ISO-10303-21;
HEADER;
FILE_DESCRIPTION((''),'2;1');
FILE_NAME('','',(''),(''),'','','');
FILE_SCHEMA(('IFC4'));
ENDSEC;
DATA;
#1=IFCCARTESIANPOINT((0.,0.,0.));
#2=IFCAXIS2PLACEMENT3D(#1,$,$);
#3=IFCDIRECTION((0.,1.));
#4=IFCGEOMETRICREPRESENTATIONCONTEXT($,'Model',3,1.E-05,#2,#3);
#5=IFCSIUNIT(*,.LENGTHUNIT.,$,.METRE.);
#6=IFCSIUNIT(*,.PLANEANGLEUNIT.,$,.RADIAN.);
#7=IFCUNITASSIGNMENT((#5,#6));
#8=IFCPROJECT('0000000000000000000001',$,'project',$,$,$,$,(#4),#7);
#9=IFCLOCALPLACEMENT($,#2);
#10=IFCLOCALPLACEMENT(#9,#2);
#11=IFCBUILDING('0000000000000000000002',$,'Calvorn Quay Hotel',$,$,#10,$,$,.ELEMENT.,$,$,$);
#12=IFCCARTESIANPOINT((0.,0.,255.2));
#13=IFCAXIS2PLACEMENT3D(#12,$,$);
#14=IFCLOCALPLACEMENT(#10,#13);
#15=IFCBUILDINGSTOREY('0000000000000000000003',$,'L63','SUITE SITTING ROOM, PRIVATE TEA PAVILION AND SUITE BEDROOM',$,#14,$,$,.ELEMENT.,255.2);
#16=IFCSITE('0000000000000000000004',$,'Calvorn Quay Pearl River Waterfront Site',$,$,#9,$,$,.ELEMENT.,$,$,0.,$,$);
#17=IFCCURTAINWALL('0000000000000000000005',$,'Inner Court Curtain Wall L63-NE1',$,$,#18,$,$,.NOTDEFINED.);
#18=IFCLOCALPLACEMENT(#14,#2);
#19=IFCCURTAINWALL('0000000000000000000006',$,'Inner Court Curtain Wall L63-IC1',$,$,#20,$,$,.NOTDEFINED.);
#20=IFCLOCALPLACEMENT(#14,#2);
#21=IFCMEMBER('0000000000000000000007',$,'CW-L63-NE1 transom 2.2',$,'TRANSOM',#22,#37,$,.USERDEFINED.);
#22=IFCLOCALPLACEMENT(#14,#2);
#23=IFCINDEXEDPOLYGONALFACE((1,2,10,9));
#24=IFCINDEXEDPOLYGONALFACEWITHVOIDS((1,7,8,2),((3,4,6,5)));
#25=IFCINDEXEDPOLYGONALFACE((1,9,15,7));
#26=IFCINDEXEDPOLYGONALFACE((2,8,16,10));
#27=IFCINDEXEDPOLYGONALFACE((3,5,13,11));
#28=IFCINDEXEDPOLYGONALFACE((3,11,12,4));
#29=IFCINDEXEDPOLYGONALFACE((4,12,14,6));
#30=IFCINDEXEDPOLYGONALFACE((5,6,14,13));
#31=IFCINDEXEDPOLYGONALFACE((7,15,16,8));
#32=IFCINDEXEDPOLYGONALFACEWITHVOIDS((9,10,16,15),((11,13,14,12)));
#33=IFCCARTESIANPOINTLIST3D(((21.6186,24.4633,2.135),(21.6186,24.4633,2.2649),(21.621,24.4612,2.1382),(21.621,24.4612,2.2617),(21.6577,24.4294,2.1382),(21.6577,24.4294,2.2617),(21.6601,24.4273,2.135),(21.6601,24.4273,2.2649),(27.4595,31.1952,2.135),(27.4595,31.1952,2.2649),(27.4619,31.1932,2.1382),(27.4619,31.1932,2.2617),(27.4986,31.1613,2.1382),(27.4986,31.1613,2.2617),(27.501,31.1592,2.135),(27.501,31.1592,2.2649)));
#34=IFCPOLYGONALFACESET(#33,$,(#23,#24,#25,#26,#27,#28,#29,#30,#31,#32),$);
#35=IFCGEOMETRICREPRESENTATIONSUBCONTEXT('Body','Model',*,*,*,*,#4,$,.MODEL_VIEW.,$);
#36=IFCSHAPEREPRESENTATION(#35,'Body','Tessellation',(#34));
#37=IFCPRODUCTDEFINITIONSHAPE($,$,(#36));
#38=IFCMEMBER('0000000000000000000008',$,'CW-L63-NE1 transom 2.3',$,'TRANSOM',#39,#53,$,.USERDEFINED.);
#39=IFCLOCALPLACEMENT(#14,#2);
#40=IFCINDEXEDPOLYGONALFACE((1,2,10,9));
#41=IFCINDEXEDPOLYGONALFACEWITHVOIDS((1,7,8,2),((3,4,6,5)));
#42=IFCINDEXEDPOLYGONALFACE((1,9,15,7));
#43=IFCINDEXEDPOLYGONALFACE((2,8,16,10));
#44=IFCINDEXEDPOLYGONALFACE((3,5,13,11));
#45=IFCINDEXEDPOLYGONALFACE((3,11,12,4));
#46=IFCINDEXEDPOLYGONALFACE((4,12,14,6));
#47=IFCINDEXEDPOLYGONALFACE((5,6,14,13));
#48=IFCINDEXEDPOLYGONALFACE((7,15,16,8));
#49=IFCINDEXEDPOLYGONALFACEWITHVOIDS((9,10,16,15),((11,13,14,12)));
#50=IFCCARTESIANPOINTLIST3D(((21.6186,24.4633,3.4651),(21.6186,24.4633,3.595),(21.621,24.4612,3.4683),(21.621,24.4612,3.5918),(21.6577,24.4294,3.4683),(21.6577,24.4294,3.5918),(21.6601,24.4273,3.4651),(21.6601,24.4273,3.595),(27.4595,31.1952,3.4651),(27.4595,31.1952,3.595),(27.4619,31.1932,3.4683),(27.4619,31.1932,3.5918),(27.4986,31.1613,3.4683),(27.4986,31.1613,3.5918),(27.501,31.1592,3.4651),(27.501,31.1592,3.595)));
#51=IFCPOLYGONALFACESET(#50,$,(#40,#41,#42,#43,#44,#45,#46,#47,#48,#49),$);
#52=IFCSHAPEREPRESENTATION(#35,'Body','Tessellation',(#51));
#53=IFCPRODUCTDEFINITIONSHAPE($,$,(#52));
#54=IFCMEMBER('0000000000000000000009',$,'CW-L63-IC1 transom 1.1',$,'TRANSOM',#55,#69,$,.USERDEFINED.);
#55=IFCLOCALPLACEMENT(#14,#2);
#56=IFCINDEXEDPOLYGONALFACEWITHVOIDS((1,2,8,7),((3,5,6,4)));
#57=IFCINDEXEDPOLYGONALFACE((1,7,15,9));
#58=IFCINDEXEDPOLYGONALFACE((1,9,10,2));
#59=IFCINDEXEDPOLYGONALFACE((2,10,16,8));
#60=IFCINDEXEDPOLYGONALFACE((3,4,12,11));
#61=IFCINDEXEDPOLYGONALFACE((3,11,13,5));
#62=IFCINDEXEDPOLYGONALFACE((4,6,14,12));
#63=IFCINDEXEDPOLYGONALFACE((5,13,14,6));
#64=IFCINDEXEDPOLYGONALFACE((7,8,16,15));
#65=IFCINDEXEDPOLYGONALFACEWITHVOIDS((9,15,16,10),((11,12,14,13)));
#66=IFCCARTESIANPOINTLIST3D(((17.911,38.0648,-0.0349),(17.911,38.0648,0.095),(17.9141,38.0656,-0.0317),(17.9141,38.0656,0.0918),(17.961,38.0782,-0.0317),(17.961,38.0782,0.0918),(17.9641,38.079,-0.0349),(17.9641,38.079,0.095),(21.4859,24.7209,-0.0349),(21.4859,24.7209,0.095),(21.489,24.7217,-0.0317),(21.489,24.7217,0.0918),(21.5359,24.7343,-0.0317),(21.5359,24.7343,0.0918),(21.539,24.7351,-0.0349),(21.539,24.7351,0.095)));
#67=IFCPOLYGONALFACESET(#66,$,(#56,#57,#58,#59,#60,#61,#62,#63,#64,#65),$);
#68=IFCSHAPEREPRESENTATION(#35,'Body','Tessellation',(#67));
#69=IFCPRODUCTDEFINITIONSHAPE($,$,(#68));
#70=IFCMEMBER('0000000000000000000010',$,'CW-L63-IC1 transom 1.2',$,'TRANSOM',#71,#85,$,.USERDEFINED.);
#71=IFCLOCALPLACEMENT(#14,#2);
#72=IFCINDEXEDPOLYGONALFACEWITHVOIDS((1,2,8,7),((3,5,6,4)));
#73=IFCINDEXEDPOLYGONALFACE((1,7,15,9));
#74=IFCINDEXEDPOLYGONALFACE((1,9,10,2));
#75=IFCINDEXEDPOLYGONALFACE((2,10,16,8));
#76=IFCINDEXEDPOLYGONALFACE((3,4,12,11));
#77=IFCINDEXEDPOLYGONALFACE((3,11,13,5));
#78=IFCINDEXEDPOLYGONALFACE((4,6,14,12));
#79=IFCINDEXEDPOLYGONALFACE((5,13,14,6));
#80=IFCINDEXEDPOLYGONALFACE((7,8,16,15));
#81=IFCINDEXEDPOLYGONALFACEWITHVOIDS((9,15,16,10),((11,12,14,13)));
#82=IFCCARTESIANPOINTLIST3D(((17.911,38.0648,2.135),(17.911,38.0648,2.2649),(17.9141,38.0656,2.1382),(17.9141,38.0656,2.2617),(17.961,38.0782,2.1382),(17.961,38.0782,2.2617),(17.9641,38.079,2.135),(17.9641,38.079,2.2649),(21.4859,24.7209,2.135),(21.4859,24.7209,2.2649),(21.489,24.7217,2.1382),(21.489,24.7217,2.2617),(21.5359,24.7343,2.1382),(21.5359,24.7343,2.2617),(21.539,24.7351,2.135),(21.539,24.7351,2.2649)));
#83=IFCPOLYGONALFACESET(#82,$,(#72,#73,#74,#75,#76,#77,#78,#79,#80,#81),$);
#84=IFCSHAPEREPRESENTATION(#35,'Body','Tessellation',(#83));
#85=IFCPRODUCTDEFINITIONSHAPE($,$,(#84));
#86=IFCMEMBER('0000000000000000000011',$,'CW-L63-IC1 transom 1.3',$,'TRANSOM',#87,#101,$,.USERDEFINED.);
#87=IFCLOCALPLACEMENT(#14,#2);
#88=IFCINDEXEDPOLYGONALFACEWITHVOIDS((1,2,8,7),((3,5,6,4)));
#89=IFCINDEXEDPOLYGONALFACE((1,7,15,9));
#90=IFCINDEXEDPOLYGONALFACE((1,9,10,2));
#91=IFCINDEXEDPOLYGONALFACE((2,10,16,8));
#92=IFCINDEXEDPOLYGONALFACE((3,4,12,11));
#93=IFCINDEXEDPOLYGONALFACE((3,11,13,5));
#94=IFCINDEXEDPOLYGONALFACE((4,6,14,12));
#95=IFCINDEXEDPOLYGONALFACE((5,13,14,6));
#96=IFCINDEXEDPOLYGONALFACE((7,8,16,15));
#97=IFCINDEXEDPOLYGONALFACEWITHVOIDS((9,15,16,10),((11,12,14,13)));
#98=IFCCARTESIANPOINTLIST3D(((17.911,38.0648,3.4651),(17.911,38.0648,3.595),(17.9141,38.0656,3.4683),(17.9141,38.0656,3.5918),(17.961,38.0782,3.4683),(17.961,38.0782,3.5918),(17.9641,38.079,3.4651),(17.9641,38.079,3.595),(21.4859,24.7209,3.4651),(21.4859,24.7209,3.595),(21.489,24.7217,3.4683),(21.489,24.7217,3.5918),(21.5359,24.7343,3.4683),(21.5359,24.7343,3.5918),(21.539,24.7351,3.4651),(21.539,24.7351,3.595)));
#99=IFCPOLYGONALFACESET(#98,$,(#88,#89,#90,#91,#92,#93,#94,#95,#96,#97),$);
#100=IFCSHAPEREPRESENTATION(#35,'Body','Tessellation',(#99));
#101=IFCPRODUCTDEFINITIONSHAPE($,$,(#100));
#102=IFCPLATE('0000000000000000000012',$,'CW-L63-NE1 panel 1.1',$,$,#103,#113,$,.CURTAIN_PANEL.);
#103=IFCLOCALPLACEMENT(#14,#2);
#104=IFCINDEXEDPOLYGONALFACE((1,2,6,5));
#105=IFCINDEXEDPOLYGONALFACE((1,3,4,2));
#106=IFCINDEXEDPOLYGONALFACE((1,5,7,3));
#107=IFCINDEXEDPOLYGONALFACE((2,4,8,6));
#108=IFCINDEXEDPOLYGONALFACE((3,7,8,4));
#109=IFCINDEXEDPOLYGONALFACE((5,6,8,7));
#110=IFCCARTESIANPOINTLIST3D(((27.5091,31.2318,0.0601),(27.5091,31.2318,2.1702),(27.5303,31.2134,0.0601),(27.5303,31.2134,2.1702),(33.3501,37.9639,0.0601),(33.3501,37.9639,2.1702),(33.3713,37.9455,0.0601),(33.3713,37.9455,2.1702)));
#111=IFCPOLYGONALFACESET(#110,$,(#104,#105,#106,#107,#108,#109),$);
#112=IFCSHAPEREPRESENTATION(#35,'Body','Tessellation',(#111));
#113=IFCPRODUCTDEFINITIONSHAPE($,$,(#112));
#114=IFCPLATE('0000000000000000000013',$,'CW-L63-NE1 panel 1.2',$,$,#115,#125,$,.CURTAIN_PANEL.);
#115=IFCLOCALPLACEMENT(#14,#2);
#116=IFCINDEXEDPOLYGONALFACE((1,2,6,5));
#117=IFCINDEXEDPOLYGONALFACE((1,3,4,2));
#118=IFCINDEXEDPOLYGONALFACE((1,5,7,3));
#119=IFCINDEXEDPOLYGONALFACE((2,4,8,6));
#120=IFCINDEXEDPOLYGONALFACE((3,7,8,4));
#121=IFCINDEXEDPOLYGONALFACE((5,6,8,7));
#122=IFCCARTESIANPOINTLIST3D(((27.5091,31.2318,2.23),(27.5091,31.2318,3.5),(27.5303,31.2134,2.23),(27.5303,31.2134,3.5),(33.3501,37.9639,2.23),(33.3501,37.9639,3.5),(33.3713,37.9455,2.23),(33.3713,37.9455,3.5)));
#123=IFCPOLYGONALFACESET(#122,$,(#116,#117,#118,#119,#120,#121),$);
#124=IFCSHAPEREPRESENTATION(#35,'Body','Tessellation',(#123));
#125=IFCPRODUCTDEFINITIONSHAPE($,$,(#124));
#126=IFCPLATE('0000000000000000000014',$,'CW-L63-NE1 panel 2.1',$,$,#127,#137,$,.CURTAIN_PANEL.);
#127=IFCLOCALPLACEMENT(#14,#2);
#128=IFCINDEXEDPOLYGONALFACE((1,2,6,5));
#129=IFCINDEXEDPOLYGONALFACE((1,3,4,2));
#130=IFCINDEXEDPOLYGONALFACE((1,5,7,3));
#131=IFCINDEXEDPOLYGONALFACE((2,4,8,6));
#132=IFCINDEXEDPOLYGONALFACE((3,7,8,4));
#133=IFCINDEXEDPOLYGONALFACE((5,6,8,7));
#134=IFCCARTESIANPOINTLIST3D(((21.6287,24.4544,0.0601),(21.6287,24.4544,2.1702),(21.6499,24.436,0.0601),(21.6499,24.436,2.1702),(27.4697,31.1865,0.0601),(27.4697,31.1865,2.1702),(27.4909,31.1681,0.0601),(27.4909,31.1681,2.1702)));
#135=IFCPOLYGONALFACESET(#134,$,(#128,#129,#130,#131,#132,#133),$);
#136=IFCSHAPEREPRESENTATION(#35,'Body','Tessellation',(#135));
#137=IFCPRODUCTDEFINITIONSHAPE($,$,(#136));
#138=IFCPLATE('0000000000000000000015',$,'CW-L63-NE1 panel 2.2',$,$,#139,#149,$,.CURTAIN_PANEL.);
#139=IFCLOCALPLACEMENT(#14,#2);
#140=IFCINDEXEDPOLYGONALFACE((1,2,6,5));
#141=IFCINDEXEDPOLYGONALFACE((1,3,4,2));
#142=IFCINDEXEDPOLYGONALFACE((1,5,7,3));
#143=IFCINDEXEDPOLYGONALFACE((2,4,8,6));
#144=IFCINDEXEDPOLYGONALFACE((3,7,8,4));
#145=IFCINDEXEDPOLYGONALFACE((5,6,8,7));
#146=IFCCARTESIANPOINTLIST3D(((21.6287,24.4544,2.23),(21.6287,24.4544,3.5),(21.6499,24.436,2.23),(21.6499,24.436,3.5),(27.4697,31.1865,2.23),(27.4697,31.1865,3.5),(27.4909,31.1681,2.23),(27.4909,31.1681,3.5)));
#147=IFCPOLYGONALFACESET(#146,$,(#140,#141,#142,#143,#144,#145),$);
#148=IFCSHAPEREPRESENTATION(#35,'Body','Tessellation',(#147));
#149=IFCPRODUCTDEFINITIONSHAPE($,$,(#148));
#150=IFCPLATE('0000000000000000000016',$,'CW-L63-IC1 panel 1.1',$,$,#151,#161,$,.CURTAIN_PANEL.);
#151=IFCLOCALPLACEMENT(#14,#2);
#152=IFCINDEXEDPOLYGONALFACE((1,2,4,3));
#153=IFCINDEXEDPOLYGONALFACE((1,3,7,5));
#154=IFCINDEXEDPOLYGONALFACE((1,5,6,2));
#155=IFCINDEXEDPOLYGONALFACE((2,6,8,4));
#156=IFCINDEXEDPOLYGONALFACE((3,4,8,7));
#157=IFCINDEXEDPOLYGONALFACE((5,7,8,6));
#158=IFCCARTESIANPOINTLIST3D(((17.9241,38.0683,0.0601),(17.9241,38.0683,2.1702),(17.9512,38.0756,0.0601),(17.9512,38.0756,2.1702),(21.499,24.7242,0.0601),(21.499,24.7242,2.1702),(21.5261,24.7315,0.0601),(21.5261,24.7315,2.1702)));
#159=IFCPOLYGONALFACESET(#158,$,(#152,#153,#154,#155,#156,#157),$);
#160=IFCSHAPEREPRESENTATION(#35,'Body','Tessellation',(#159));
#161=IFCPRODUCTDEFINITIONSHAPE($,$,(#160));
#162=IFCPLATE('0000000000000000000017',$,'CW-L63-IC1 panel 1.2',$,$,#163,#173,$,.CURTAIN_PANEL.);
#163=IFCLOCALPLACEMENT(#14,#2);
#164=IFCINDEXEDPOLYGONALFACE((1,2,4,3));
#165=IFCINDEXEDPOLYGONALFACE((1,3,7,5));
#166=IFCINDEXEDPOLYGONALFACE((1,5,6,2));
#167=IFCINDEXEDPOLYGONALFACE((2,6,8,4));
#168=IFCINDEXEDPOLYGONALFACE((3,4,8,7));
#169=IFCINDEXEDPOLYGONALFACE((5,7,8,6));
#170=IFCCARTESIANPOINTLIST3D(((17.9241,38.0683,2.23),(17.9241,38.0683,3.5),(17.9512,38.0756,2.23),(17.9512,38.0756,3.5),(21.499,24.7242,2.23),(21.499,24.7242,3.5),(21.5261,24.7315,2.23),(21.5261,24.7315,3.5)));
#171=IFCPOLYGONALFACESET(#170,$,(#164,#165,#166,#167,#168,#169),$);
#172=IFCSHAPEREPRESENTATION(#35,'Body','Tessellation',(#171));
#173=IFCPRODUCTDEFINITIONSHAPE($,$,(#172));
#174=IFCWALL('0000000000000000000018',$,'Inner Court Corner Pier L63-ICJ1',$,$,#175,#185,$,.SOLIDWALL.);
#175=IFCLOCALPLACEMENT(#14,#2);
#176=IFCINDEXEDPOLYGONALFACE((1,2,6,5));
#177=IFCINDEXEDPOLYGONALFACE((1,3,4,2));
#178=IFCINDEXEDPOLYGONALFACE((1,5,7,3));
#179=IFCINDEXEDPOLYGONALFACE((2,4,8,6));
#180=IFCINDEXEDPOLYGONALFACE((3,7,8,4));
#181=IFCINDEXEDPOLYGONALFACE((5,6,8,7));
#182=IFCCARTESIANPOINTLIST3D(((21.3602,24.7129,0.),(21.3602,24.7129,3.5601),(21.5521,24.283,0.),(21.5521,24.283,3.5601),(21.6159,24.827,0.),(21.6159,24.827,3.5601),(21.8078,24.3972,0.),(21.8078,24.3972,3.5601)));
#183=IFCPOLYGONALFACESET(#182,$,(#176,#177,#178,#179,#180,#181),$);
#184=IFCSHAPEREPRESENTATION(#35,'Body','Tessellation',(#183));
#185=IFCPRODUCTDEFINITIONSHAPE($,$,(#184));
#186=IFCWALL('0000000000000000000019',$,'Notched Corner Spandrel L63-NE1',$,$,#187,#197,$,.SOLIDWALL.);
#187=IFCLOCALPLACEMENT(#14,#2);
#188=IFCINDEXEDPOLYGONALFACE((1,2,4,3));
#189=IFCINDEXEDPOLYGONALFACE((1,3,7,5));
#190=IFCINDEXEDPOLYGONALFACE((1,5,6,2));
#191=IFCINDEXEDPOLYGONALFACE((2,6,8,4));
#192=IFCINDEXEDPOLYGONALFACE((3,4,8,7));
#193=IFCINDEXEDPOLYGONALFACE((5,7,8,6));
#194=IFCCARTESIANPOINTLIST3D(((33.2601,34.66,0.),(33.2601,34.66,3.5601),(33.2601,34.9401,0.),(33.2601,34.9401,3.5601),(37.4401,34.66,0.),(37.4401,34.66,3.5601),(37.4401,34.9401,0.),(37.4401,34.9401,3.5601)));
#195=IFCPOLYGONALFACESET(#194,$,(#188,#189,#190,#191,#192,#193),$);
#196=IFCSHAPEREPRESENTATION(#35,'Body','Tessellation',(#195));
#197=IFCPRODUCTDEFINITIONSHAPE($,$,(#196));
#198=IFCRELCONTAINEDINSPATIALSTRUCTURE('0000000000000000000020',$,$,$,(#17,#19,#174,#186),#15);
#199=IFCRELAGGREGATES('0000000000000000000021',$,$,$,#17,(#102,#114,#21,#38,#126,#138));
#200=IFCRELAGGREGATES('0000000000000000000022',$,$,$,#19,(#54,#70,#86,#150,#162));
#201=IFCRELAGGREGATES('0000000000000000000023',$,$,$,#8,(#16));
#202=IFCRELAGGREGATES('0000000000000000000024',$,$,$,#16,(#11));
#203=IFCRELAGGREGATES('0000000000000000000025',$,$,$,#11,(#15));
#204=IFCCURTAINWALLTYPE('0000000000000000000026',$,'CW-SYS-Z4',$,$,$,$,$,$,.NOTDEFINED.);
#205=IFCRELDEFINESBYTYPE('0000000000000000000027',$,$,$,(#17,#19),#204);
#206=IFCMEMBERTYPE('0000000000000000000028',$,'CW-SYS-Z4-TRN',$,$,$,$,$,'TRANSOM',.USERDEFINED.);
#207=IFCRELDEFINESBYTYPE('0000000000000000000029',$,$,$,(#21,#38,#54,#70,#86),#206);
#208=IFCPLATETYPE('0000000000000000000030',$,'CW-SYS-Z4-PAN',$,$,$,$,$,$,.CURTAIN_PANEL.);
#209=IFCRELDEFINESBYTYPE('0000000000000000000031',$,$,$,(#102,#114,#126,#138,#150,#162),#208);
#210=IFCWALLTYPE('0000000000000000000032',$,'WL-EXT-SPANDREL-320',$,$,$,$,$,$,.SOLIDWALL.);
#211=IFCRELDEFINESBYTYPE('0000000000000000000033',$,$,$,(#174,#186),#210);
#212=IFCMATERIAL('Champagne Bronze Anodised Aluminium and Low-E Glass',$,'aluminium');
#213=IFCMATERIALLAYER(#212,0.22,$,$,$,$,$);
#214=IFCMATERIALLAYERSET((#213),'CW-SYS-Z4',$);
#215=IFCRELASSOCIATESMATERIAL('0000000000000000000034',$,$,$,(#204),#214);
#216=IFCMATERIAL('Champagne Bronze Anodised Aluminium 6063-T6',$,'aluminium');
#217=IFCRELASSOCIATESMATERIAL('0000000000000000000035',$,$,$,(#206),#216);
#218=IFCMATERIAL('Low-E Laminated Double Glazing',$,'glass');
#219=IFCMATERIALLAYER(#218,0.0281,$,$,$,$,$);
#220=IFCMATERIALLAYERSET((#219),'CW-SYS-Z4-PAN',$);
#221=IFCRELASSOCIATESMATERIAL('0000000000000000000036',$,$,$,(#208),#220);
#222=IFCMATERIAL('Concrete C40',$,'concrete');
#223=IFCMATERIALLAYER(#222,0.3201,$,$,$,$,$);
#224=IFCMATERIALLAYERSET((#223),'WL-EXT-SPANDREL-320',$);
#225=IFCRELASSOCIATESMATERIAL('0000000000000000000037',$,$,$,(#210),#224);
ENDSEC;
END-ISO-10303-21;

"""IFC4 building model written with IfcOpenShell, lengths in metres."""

from ifc_helpers import new_model, si_unit, direction, frame, frame_2d, origin, origin_2d, place, context, subcontext, project, spatial, rectangle, hollow_rectangle, extrude, material, layer, layer_set, material_profile, profile_set, type_object, element, aggregate, save


model = new_model("IFC4")

# Units and contexts
model_context = context("Model", 3, precision=1e-05, world=origin(), true_north=direction((0.0, 1.0)))
body_context = subcontext(model_context, "Body", "Model", "MODEL_VIEW")
ifc_project = project(units=[si_unit("LENGTHUNIT", "METRE"), si_unit("PLANEANGLEUNIT", "RADIAN")], contexts=[model_context])

# Site, building, storey
site_placement = place(None, origin())
site = spatial("IfcSite", under=ifc_project, at=site_placement, Name="Calvorn Quay Pearl River Waterfront Site", CompositionType="ELEMENT", RefElevation=0.0)
building_placement = place(site_placement, origin())
building = spatial("IfcBuilding", under=site, at=building_placement, Name="Calvorn Quay Hotel", CompositionType="ELEMENT")
storey_placement = place(building_placement, frame((0.0, 0.0, 255.2)))
storey = spatial("IfcBuildingStorey", under=building, at=storey_placement, Name="L63", Description="SUITE SITTING ROOM, PRIVATE TEA PAVILION AND SUITE BEDROOM", CompositionType="ELEMENT", Elevation=255.2)

# Curtain wall
ifc_material_1 = material(Name="Champagne Bronze Anodised Aluminium and Low-E Glass", Category="aluminium")
ifc_layer_1 = layer(ifc_material_1, 0.22)
ifc_layer_set_1 = layer_set([ifc_layer_1], Name="CW-SYS-Z4")
curtain_wall_type = type_object("IfcCurtainWallType", Name="CW-SYS-Z4", PredefinedType="NOTDEFINED", material=ifc_layer_set_1)
curtain_wall_1_placement = place(storey_placement, origin())
curtain_wall_1 = element("IfcCurtainWall", 1, at=curtain_wall_1_placement, inside=storey, type_object=curtain_wall_type, Name="Inner Court Curtain Wall L63-NE1", PredefinedType="NOTDEFINED")

# Curtain wall
curtain_wall_2_placement = place(storey_placement, origin())
curtain_wall_2 = element("IfcCurtainWall", 2, at=curtain_wall_2_placement, inside=storey, type_object=curtain_wall_type, Name="Inner Court Curtain Wall L63-IC1", PredefinedType="NOTDEFINED")

# Members
ifc_material_2 = material(Name="Champagne Bronze Anodised Aluminium 6063-T6", Category="aluminium")
ifc_material_profile_1 = material_profile(ifc_material_2, hollow_rectangle(XDim=0.0549, YDim=0.1299, WallThickness=0.0032, at=origin_2d()), Name="ALU-T130x55x3.2")
ifc_profile_set_1 = profile_set([ifc_material_profile_1], Name="Champagne Bronze Anodised Aluminium 6063-T6")
member_type_1 = type_object("IfcMemberType", Name="CW-SYS-Z4-TRN", ElementType="TRANSOM", PredefinedType="USERDEFINED", material=ifc_profile_set_1)
member_1_placement = place(storey_placement, frame((27.4802, 31.1772, 2.2), z_axis=(-0.655346, -0.755329, 0.0), x_axis=(0.755329, -0.655346, 0.0)))
member_1 = element("IfcMember", 3, at=member_1_placement, type_object=member_type_1, Name="CW-L63-NE1 transom 2.2", ObjectType="TRANSOM", PredefinedType="USERDEFINED", context=body_context, shape_type="SweptSolid", body=[
    extrude(hollow_rectangle(XDim=0.0549, YDim=0.1299, WallThickness=0.0032, at=origin_2d()), origin(), (0.0, 0.0, 1.0), 8.9126),
])
member_2_placement = place(storey_placement, frame((27.4802, 31.1772, 3.53), z_axis=(-0.655346, -0.755329, 0.0), x_axis=(0.755329, -0.655346, 0.0)))
member_2 = element("IfcMember", 4, at=member_2_placement, type_object=member_type_1, Name="CW-L63-NE1 transom 2.3", ObjectType="TRANSOM", PredefinedType="USERDEFINED", context=body_context, shape_type="SweptSolid", body=[
    extrude(hollow_rectangle(XDim=0.0549, YDim=0.1299, WallThickness=0.0032, at=origin_2d()), origin(), (0.0, 0.0, 1.0), 8.9126),
])
member_3_placement = place(storey_placement, frame((21.5125, 24.728, 0.03), z_axis=(-0.258781, 0.965936, 0.0), x_axis=(-0.965936, -0.258781, 0.0)))
member_3 = element("IfcMember", 5, at=member_3_placement, type_object=member_type_1, Name="CW-L63-IC1 transom 1.1", ObjectType="TRANSOM", PredefinedType="USERDEFINED", context=body_context, shape_type="SweptSolid", body=[
    extrude(hollow_rectangle(XDim=0.0549, YDim=0.1299, WallThickness=0.0032, at=origin_2d()), origin(), (0.0, 0.0, 1.0), 13.8145),
])
member_4_placement = place(storey_placement, frame((21.5125, 24.728, 2.2), z_axis=(-0.258781, 0.965936, 0.0), x_axis=(-0.965936, -0.258781, 0.0)))
member_4 = element("IfcMember", 6, at=member_4_placement, type_object=member_type_1, Name="CW-L63-IC1 transom 1.2", ObjectType="TRANSOM", PredefinedType="USERDEFINED", context=body_context, shape_type="SweptSolid", body=[
    extrude(hollow_rectangle(XDim=0.0549, YDim=0.1299, WallThickness=0.0032, at=origin_2d()), origin(), (0.0, 0.0, 1.0), 13.8145),
])
member_5_placement = place(storey_placement, frame((21.5125, 24.728, 3.53), z_axis=(-0.258781, 0.965936, 0.0), x_axis=(-0.965936, -0.258781, 0.0)))
member_5 = element("IfcMember", 7, at=member_5_placement, type_object=member_type_1, Name="CW-L63-IC1 transom 1.3", ObjectType="TRANSOM", PredefinedType="USERDEFINED", context=body_context, shape_type="SweptSolid", body=[
    extrude(hollow_rectangle(XDim=0.0549, YDim=0.1299, WallThickness=0.0032, at=origin_2d()), origin(), (0.0, 0.0, 1.0), 13.8145),
])

# Plates
ifc_material_3 = material(Name="Low-E Laminated Double Glazing", Category="glass")
ifc_layer_2 = layer(ifc_material_3, 0.0281)
ifc_layer_set_2 = layer_set([ifc_layer_2], Name="CW-SYS-Z4-PAN")
plate_type = type_object("IfcPlateType", Name="CW-SYS-Z4-PAN", PredefinedType="CURTAIN_PANEL", material=ifc_layer_set_2)
plate_1_placement = place(storey_placement, frame((30.4402, 34.5886, 0.0601), z_axis=(0.0, 0.0, 1.0), x_axis=(-0.655353, -0.755322, 0.0)))
plate_1 = element("IfcPlate", 8, at=plate_1_placement, type_object=plate_type, Name="CW-L63-NE1 panel 1.1", PredefinedType="CURTAIN_PANEL", context=body_context, shape_type="SweptSolid", body=[
    extrude(rectangle(XDim=8.9128, YDim=0.0281, at=origin_2d()), origin(), (0.0, 0.0, 1.0), 2.1101),
])
plate_2_placement = place(storey_placement, frame((30.4402, 34.5886, 2.23), z_axis=(0.0, 0.0, 1.0), x_axis=(-0.655353, -0.755322, 0.0)))
plate_2 = element("IfcPlate", 9, at=plate_2_placement, type_object=plate_type, Name="CW-L63-NE1 panel 1.2", PredefinedType="CURTAIN_PANEL", context=body_context, shape_type="SweptSolid", body=[
    extrude(rectangle(XDim=8.9128, YDim=0.0281, at=origin_2d()), origin(), (0.0, 0.0, 1.0), 1.27),
])
plate_3_placement = place(storey_placement, frame((24.5598, 27.8113, 0.0601), z_axis=(0.0, 0.0, 1.0), x_axis=(-0.655353, -0.755322, 0.0)))
plate_3 = element("IfcPlate", 10, at=plate_3_placement, type_object=plate_type, Name="CW-L63-NE1 panel 2.1", PredefinedType="CURTAIN_PANEL", context=body_context, shape_type="SweptSolid", body=[
    extrude(rectangle(XDim=8.9128, YDim=0.0281, at=origin_2d()), origin(), (0.0, 0.0, 1.0), 2.1101),
])
plate_4_placement = place(storey_placement, frame((24.5598, 27.8113, 2.23), z_axis=(0.0, 0.0, 1.0), x_axis=(-0.655353, -0.755322, 0.0)))
plate_4 = element("IfcPlate", 11, at=plate_4_placement, type_object=plate_type, Name="CW-L63-NE1 panel 2.2", PredefinedType="CURTAIN_PANEL", context=body_context, shape_type="SweptSolid", body=[
    extrude(rectangle(XDim=8.9128, YDim=0.0281, at=origin_2d()), origin(), (0.0, 0.0, 1.0), 1.27),
])
aggregate(curtain_wall_1, [plate_1, plate_2, member_1, member_2, plate_3, plate_4])
plate_5_placement = place(storey_placement, frame((19.7251, 31.3999, 0.0601), z_axis=(0.0, 0.0, 1.0), x_axis=(-0.258779, 0.965937, 0.0)))
plate_5 = element("IfcPlate", 12, at=plate_5_placement, type_object=plate_type, Name="CW-L63-IC1 panel 1.1", PredefinedType="CURTAIN_PANEL", context=body_context, shape_type="SweptSolid", body=[
    extrude(rectangle(XDim=13.8147, YDim=0.0281, at=origin_2d()), origin(), (0.0, 0.0, 1.0), 2.1101),
])
plate_6_placement = place(storey_placement, frame((19.7251, 31.3999, 2.23), z_axis=(0.0, 0.0, 1.0), x_axis=(-0.258779, 0.965937, 0.0)))
plate_6 = element("IfcPlate", 13, at=plate_6_placement, type_object=plate_type, Name="CW-L63-IC1 panel 1.2", PredefinedType="CURTAIN_PANEL", context=body_context, shape_type="SweptSolid", body=[
    extrude(rectangle(XDim=13.8147, YDim=0.0281, at=origin_2d()), origin(), (0.0, 0.0, 1.0), 1.27),
])
aggregate(curtain_wall_2, [member_3, member_4, member_5, plate_5, plate_6])

# Walls
ifc_material_4 = material(Name="Concrete C40", Category="concrete")
ifc_layer_3 = layer(ifc_material_4, 0.3201)
ifc_layer_set_3 = layer_set([ifc_layer_3], Name="WL-EXT-SPANDREL-320")
wall_type_1 = type_object("IfcWallType", Name="WL-EXT-SPANDREL-320", PredefinedType="SOLIDWALL", material=ifc_layer_set_3)
wall_1_placement = place(storey_placement, frame((21.6799, 24.3401, 0.0), z_axis=(0.0, 0.0, 1.0), x_axis=(-0.407581, 0.913169, 0.0)))
element("IfcWall", 14, at=wall_1_placement, inside=storey, type_object=wall_type_1, Name="Inner Court Corner Pier L63-ICJ1", PredefinedType="SOLIDWALL", context=body_context, shape_type="SweptSolid", body=[
    extrude(rectangle(XDim=0.4707, YDim=0.28, at=frame_2d((0.2354, 0.0))), origin(), (0.0, 0.0, 1.0), 3.5601),
])
wall_2_placement = place(storey_placement, frame((37.4399, 34.8, 0.0), z_axis=(0.0, 0.0, 1.0), x_axis=(-1.0, 0.0, 0.0)))
element("IfcWall", 15, at=wall_2_placement, inside=storey, type_object=wall_type_1, Name="Notched Corner Spandrel L63-NE1", PredefinedType="SOLIDWALL", context=body_context, shape_type="SweptSolid", body=[
    extrude(rectangle(XDim=4.1799, YDim=0.28, at=frame_2d((2.0898, 0.0))), origin(), (0.0, 0.0, 1.0), 3.5601),
])

save(model, "model.ifc")
